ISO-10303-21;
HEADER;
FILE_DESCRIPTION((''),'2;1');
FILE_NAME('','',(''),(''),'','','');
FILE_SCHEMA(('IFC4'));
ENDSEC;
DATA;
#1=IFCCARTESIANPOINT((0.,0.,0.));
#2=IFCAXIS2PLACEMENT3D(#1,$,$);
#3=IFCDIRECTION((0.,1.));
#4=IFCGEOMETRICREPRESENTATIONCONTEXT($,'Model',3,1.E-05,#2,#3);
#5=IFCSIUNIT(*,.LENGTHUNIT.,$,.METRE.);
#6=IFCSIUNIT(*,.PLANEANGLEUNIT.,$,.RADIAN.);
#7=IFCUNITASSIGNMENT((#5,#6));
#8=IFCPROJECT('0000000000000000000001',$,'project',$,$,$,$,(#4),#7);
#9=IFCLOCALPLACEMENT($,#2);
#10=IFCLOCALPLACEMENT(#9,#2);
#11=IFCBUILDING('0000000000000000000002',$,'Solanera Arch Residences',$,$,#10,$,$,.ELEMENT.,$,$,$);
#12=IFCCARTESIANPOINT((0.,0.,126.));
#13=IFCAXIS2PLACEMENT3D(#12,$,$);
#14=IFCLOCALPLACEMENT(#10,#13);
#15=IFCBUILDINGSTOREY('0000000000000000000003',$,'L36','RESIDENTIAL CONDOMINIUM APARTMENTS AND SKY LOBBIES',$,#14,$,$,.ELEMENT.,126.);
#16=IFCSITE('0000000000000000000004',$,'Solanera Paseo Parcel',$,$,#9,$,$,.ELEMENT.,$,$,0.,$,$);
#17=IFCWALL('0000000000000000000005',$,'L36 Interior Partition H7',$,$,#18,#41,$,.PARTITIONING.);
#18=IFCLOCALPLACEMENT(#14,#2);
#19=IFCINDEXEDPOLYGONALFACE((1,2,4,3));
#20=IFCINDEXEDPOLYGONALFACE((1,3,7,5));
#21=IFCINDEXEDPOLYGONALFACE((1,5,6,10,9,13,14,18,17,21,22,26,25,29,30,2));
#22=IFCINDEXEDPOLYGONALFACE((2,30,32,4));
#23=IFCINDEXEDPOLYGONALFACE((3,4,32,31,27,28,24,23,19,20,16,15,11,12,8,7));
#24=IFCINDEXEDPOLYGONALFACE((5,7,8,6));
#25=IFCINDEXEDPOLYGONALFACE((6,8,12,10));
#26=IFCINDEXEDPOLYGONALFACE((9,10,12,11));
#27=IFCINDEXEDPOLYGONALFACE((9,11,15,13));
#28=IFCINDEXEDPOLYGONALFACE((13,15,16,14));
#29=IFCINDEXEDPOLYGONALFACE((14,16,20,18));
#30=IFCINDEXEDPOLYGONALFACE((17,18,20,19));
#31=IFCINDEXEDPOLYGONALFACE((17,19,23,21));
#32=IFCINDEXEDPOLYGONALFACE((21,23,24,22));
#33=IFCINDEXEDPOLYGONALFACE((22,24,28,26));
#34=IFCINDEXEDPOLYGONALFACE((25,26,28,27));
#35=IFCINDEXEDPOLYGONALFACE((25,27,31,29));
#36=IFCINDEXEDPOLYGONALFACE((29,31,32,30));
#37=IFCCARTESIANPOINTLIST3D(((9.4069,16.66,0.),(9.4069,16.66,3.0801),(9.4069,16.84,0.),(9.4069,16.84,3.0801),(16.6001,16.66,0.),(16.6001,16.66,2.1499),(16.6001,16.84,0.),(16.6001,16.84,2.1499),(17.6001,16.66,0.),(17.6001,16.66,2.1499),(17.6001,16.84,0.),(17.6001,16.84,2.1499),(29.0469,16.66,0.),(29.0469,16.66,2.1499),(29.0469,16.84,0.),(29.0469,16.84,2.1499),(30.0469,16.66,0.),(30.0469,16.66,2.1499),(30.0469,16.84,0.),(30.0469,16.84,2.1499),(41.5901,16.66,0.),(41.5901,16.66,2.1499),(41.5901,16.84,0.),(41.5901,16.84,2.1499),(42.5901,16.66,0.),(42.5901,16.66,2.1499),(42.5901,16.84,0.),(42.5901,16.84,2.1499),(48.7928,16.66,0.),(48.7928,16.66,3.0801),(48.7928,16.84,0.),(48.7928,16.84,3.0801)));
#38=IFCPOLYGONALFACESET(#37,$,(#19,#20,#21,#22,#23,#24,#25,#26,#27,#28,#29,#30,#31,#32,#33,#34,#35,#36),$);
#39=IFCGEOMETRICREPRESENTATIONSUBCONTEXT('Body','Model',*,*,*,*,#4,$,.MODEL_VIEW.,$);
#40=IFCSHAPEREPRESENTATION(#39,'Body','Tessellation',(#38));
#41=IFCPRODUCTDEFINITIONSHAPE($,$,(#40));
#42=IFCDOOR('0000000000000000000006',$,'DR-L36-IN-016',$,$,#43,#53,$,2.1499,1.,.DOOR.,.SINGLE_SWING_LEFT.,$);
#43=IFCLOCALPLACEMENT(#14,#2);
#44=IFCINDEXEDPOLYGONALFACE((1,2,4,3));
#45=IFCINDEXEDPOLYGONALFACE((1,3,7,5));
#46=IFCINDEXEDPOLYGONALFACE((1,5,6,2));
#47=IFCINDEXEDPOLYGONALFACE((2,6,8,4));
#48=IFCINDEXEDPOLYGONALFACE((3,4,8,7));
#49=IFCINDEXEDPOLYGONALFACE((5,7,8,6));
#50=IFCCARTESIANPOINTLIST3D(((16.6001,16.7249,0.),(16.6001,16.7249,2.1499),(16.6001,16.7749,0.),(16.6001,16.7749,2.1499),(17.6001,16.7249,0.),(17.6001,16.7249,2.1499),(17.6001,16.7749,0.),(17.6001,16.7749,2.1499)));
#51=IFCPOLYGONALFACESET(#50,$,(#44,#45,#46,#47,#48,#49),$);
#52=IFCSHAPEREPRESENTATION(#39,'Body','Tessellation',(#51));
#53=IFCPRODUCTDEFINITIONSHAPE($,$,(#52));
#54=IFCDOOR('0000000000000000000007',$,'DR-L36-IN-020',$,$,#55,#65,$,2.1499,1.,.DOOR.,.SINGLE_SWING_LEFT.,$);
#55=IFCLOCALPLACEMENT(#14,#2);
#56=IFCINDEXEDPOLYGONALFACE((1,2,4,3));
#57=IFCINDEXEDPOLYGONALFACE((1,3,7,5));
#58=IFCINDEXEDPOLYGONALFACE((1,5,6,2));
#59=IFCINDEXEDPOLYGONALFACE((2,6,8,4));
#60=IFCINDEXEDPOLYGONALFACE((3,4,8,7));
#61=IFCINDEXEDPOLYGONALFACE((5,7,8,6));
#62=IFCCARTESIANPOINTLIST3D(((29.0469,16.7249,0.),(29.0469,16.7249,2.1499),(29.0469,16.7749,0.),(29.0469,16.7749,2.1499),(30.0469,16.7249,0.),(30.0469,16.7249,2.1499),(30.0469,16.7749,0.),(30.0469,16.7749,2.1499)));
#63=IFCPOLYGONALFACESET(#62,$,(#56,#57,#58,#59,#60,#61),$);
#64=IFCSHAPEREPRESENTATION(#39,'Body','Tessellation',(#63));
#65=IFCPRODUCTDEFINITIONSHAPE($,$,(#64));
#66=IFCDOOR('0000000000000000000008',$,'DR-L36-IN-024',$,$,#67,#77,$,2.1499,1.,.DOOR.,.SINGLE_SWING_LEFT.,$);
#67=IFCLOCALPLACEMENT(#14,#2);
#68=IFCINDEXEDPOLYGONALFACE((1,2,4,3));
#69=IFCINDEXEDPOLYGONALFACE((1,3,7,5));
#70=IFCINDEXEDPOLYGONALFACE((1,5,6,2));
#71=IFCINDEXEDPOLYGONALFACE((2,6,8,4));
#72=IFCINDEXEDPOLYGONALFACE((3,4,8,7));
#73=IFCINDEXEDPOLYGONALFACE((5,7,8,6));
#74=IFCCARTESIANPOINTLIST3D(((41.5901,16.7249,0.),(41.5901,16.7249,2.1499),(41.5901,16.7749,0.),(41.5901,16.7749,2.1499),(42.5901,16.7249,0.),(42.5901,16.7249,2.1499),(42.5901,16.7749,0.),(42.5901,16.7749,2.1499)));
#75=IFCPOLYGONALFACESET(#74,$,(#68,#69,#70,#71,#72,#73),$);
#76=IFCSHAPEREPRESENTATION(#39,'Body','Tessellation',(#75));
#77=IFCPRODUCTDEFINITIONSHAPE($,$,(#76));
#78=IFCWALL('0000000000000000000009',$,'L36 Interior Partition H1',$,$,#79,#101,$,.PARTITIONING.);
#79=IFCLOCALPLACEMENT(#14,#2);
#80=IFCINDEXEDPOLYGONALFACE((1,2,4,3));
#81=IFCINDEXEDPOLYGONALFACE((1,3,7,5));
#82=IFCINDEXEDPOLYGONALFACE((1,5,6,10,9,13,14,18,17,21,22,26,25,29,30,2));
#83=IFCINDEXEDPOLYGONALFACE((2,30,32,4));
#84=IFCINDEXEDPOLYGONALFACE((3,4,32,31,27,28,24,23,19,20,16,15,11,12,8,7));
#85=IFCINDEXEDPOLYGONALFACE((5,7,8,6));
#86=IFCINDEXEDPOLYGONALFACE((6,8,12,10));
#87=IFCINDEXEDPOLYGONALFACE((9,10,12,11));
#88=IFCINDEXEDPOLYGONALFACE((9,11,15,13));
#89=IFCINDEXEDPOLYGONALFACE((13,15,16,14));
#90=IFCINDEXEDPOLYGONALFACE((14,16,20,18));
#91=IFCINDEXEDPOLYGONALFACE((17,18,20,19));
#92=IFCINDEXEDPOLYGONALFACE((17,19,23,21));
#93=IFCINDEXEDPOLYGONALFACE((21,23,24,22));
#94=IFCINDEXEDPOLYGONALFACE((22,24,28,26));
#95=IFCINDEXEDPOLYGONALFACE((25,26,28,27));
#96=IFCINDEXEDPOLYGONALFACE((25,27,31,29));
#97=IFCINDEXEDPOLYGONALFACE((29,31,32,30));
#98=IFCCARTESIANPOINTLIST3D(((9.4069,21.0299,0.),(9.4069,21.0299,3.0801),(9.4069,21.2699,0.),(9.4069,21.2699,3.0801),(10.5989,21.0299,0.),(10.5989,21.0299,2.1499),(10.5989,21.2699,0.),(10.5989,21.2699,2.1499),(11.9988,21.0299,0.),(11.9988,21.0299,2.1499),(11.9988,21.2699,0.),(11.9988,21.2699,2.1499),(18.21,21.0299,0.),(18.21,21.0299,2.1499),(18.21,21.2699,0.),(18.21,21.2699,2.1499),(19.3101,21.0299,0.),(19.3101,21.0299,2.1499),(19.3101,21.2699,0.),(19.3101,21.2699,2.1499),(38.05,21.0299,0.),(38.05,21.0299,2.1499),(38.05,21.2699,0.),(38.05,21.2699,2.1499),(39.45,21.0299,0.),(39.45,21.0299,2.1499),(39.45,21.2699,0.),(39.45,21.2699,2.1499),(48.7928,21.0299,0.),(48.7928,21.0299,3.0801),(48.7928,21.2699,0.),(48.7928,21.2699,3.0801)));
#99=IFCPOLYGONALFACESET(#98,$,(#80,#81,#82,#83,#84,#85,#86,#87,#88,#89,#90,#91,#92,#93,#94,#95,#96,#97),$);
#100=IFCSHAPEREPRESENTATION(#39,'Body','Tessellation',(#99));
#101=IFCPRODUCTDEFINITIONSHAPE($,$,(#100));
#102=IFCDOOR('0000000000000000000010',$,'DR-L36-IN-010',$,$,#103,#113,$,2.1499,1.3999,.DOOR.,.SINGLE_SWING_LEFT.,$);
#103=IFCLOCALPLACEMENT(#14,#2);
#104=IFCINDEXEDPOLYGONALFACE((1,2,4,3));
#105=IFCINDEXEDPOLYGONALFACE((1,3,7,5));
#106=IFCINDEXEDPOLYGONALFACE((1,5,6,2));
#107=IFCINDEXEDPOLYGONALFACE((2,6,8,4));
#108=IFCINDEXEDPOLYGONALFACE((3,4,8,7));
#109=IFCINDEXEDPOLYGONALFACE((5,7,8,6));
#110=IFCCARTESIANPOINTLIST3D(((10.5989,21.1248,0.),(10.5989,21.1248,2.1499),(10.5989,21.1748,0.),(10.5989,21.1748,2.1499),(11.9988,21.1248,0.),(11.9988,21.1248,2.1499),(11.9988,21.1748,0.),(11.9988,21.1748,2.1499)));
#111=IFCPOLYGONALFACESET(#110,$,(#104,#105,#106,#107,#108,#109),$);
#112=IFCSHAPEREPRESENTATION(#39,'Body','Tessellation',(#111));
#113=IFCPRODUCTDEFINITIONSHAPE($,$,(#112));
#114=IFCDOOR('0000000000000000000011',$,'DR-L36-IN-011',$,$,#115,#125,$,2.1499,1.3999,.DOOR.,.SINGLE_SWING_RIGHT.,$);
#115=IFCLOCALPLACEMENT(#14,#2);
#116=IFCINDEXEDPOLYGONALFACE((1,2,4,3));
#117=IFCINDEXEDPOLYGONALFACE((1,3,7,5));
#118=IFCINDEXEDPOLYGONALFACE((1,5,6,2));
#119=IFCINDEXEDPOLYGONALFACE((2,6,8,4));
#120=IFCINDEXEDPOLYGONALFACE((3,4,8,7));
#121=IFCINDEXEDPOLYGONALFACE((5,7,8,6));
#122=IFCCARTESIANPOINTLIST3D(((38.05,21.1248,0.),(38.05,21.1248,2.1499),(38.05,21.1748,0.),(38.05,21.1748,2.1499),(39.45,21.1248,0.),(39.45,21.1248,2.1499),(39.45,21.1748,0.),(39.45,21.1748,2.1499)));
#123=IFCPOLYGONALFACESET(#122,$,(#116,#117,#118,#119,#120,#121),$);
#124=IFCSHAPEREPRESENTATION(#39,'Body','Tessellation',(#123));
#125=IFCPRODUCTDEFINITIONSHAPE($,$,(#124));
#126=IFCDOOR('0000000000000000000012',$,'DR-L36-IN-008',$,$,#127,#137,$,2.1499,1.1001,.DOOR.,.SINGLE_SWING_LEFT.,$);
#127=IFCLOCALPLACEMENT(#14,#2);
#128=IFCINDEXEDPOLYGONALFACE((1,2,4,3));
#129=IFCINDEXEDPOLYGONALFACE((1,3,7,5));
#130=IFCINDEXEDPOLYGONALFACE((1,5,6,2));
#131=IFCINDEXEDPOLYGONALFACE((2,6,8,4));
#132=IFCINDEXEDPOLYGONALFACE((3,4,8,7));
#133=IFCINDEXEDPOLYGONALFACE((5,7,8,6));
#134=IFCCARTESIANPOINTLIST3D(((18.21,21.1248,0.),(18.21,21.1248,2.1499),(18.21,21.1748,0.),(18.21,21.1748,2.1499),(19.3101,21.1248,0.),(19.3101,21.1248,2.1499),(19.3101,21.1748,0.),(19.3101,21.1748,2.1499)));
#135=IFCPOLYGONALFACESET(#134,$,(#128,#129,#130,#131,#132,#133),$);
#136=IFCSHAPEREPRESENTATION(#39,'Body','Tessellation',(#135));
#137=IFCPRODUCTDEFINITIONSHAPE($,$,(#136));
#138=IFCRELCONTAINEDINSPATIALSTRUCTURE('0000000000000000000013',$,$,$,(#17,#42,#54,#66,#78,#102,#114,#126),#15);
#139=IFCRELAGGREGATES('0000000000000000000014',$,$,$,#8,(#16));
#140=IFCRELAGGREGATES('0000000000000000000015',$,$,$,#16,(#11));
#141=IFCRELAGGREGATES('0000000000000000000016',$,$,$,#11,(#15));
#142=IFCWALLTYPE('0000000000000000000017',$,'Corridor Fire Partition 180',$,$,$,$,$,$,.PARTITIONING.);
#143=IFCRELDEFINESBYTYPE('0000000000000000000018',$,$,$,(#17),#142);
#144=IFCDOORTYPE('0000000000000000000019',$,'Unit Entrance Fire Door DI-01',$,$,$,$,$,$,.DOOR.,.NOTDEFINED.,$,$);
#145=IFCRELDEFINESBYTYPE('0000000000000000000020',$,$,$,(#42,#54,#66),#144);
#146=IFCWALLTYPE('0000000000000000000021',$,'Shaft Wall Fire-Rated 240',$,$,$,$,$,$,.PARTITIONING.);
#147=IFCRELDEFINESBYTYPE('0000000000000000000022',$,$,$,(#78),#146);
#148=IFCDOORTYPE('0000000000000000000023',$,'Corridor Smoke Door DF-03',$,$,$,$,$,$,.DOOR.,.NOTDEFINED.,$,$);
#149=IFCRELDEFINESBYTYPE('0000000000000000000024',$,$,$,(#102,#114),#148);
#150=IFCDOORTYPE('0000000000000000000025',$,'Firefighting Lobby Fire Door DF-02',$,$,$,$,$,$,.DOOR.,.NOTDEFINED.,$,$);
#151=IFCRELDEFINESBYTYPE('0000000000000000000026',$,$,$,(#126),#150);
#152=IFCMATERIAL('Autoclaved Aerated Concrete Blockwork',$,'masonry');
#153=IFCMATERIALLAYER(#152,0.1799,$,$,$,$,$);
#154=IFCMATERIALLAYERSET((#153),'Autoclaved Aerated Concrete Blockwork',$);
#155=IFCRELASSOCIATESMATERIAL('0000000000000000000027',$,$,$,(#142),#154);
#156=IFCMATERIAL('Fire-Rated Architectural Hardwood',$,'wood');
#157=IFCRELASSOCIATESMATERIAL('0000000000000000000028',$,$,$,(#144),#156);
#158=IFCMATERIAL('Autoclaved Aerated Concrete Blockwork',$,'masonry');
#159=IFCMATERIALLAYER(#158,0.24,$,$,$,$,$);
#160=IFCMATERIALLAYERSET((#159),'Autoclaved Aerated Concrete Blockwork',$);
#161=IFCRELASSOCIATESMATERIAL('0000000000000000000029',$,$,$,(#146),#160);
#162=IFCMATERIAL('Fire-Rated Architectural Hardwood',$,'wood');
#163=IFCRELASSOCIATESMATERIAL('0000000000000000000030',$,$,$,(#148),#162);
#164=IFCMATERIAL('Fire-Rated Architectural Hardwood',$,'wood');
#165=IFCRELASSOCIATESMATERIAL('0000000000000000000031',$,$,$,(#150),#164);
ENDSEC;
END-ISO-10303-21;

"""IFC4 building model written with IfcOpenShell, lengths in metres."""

from ifc_helpers import new_model, si_unit, direction, frame, frame_2d, origin, place, context, subcontext, project, spatial, rectangle, extrude, material, layer, layer_set, type_object, element, fill, save


model = new_model("IFC4")

# Units and contexts
model_context = context("Model", 3, precision=1e-05, world=origin(), true_north=direction((0.0, 1.0)))
body_context = subcontext(model_context, "Body", "Model", "MODEL_VIEW")
ifc_project = project(units=[si_unit("LENGTHUNIT", "METRE"), si_unit("PLANEANGLEUNIT", "RADIAN")], contexts=[model_context])

# Site, building, storey
site_placement = place(None, origin())
site = spatial("IfcSite", under=ifc_project, at=site_placement, Name="Solanera Paseo Parcel", CompositionType="ELEMENT", RefElevation=0.0)
building_placement = place(site_placement, origin())
building = spatial("IfcBuilding", under=site, at=building_placement, Name="Solanera Arch Residences", CompositionType="ELEMENT")
storey_placement = place(building_placement, frame((0.0, 0.0, 126.0)))
storey = spatial("IfcBuildingStorey", under=building, at=storey_placement, Name="L36", Description="RESIDENTIAL CONDOMINIUM APARTMENTS AND SKY LOBBIES", CompositionType="ELEMENT", Elevation=126.0)

# Walls, openings, doors
ifc_material_1 = material(Name="Autoclaved Aerated Concrete Blockwork", Category="masonry")
ifc_layer_1 = layer(ifc_material_1, 0.1799)
ifc_layer_set_1 = layer_set([ifc_layer_1], Name="Autoclaved Aerated Concrete Blockwork")
wall_type_1 = type_object("IfcWallType", Name="Corridor Fire Partition 180", PredefinedType="PARTITIONING", material=ifc_layer_set_1)
wall_1_placement = place(storey_placement, frame((9.407, 16.75, 0.0), z_axis=(0.0, 0.0, 1.0), x_axis=(1.0, 0.0, 0.0)))
wall_1 = element("IfcWall", 1, at=wall_1_placement, inside=storey, type_object=wall_type_1, Name="L36 Interior Partition H7", PredefinedType="PARTITIONING", context=body_context, shape_type="SweptSolid", body=[
    extrude(rectangle(XDim=39.386, YDim=0.1799, at=frame_2d((19.6929, 0.0))), origin(), (0.0, 0.0, 1.0), 3.0801),
])
opening_1_placement = place(wall_1_placement, frame((7.1931, 0.0, 0.0)))
opening_1 = element("IfcOpeningElement", 2, at=opening_1_placement, cuts=wall_1, PredefinedType="OPENING", context=body_context, shape_type="SweptSolid", body=[
    extrude(rectangle(XDim=1.0, YDim=2.1499, at=frame_2d((0.5, 1.075))), frame((0.0, 0.1001, 0.0), z_axis=(0.0, -1.0, 0.0), x_axis=(1.0, 0.0, 0.0)), (0.0, 0.0, 1.0), 0.1999),
])
opening_2_placement = place(wall_1_placement, frame((19.6399, 0.0, 0.0)))
opening_2 = element("IfcOpeningElement", 3, at=opening_2_placement, cuts=wall_1, PredefinedType="OPENING", context=body_context, shape_type="SweptSolid", body=[
    extrude(rectangle(XDim=1.0, YDim=2.1499, at=frame_2d((0.5, 1.075))), frame((0.0, 0.1001, 0.0), z_axis=(0.0, -1.0, 0.0), x_axis=(1.0, 0.0, 0.0)), (0.0, 0.0, 1.0), 0.1999),
])
opening_3_placement = place(wall_1_placement, frame((32.1831, 0.0, 0.0)))
opening_3 = element("IfcOpeningElement", 4, at=opening_3_placement, cuts=wall_1, PredefinedType="OPENING", context=body_context, shape_type="SweptSolid", body=[
    extrude(rectangle(XDim=1.0, YDim=2.1499, at=frame_2d((0.5, 1.075))), frame((0.0, 0.1001, 0.0), z_axis=(0.0, -1.0, 0.0), x_axis=(1.0, 0.0, 0.0)), (0.0, 0.0, 1.0), 0.1999),
])
ifc_material_2 = material(Name="Fire-Rated Architectural Hardwood", Category="wood")
door_type_1 = type_object("IfcDoorType", Name="Unit Entrance Fire Door DI-01", OperationType="NOTDEFINED", PredefinedType="DOOR", material=ifc_material_2)
door_1_placement = place(opening_1_placement, origin())
door_1 = element("IfcDoor", 5, at=door_1_placement, inside=storey, type_object=door_type_1, Name="DR-L36-IN-016", OperationType="SINGLE_SWING_LEFT", OverallHeight=2.1499, OverallWidth=1.0, PredefinedType="DOOR", context=body_context, shape_type="SweptSolid", body=[
    extrude(rectangle(XDim=1.0, YDim=2.1499, at=frame_2d((0.5, 1.075))), frame((0.0, 0.0249, 0.0), z_axis=(0.0, -1.0, 0.0), x_axis=(1.0, 0.0, 0.0)), (0.0, 0.0, 1.0), 0.05),
])
fill(opening_1, door_1)
door_2_placement = place(opening_2_placement, origin())
door_2 = element("IfcDoor", 6, at=door_2_placement, inside=storey, type_object=door_type_1, Name="DR-L36-IN-020", OperationType="SINGLE_SWING_LEFT", OverallHeight=2.1499, OverallWidth=1.0, PredefinedType="DOOR", context=body_context, shape_type="SweptSolid", body=[
    extrude(rectangle(XDim=1.0, YDim=2.1499, at=frame_2d((0.5, 1.075))), frame((0.0, 0.0249, 0.0), z_axis=(0.0, -1.0, 0.0), x_axis=(1.0, 0.0, 0.0)), (0.0, 0.0, 1.0), 0.05),
])
fill(opening_2, door_2)
door_3_placement = place(opening_3_placement, origin())
door_3 = element("IfcDoor", 7, at=door_3_placement, inside=storey, type_object=door_type_1, Name="DR-L36-IN-024", OperationType="SINGLE_SWING_LEFT", OverallHeight=2.1499, OverallWidth=1.0, PredefinedType="DOOR", context=body_context, shape_type="SweptSolid", body=[
    extrude(rectangle(XDim=1.0, YDim=2.1499, at=frame_2d((0.5, 1.075))), frame((0.0, 0.0249, 0.0), z_axis=(0.0, -1.0, 0.0), x_axis=(1.0, 0.0, 0.0)), (0.0, 0.0, 1.0), 0.05),
])
fill(opening_3, door_3)
ifc_material_3 = material(Name="Autoclaved Aerated Concrete Blockwork", Category="masonry")
ifc_layer_2 = layer(ifc_material_3, 0.24)
ifc_layer_set_2 = layer_set([ifc_layer_2], Name="Autoclaved Aerated Concrete Blockwork")
wall_type_2 = type_object("IfcWallType", Name="Shaft Wall Fire-Rated 240", PredefinedType="PARTITIONING", material=ifc_layer_set_2)
wall_2_placement = place(storey_placement, frame((9.407, 21.1499, 0.0), z_axis=(0.0, 0.0, 1.0), x_axis=(1.0, 0.0, 0.0)))
wall_2 = element("IfcWall", 8, at=wall_2_placement, inside=storey, type_object=wall_type_2, Name="L36 Interior Partition H1", PredefinedType="PARTITIONING", context=body_context, shape_type="SweptSolid", body=[
    extrude(rectangle(XDim=39.386, YDim=0.24, at=frame_2d((19.6929, 0.0))), origin(), (0.0, 0.0, 1.0), 3.0801),
])
opening_4_placement = place(wall_2_placement, frame((8.803, 0.0, 0.0)))
opening_4 = element("IfcOpeningElement", 9, at=opening_4_placement, cuts=wall_2, PredefinedType="OPENING", context=body_context, shape_type="SweptSolid", body=[
    extrude(rectangle(XDim=1.1001, YDim=2.1499, at=frame_2d((0.55, 1.075))), frame((0.0, 0.1299, 0.0), z_axis=(0.0, -1.0, 0.0), x_axis=(1.0, 0.0, 0.0)), (0.0, 0.0, 1.0), 0.26),
])
opening_5_placement = place(wall_2_placement, frame((1.1919, 0.0, 0.0)))
opening_5 = element("IfcOpeningElement", 10, at=opening_5_placement, cuts=wall_2, PredefinedType="OPENING", context=body_context, shape_type="SweptSolid", body=[
    extrude(rectangle(XDim=1.3999, YDim=2.1499, at=frame_2d((0.7, 1.075))), frame((0.0, 0.1299, 0.0), z_axis=(0.0, -1.0, 0.0), x_axis=(1.0, 0.0, 0.0)), (0.0, 0.0, 1.0), 0.26),
])
opening_6_placement = place(wall_2_placement, frame((28.6431, 0.0, 0.0)))
opening_6 = element("IfcOpeningElement", 11, at=opening_6_placement, cuts=wall_2, PredefinedType="OPENING", context=body_context, shape_type="SweptSolid", body=[
    extrude(rectangle(XDim=1.3999, YDim=2.1499, at=frame_2d((0.7, 1.075))), frame((0.0, 0.1299, 0.0), z_axis=(0.0, -1.0, 0.0), x_axis=(1.0, 0.0, 0.0)), (0.0, 0.0, 1.0), 0.26),
])
ifc_material_4 = material(Name="Fire-Rated Architectural Hardwood", Category="wood")
door_type_2 = type_object("IfcDoorType", Name="Corridor Smoke Door DF-03", OperationType="NOTDEFINED", PredefinedType="DOOR", material=ifc_material_4)
door_4_placement = place(opening_5_placement, origin())
door_4 = element("IfcDoor", 12, at=door_4_placement, inside=storey, type_object=door_type_2, Name="DR-L36-IN-010", OperationType="SINGLE_SWING_LEFT", OverallHeight=2.1499, OverallWidth=1.3999, PredefinedType="DOOR", context=body_context, shape_type="SweptSolid", body=[
    extrude(rectangle(XDim=1.3999, YDim=2.1499, at=frame_2d((0.7, 1.075))), frame((0.0, 0.0249, 0.0), z_axis=(0.0, -1.0, 0.0), x_axis=(1.0, 0.0, 0.0)), (0.0, 0.0, 1.0), 0.05),
])
fill(opening_5, door_4)
door_5_placement = place(opening_6_placement, origin())
door_5 = element("IfcDoor", 13, at=door_5_placement, inside=storey, type_object=door_type_2, Name="DR-L36-IN-011", OperationType="SINGLE_SWING_RIGHT", OverallHeight=2.1499, OverallWidth=1.3999, PredefinedType="DOOR", context=body_context, shape_type="SweptSolid", body=[
    extrude(rectangle(XDim=1.3999, YDim=2.1499, at=frame_2d((0.7, 1.075))), frame((0.0, 0.0249, 0.0), z_axis=(0.0, -1.0, 0.0), x_axis=(1.0, 0.0, 0.0)), (0.0, 0.0, 1.0), 0.05),
])
fill(opening_6, door_5)
ifc_material_5 = material(Name="Fire-Rated Architectural Hardwood", Category="wood")
door_type_3 = type_object("IfcDoorType", Name="Firefighting Lobby Fire Door DF-02", OperationType="NOTDEFINED", PredefinedType="DOOR", material=ifc_material_5)
door_6_placement = place(opening_4_placement, origin())
door_6 = element("IfcDoor", 14, at=door_6_placement, inside=storey, type_object=door_type_3, Name="DR-L36-IN-008", OperationType="SINGLE_SWING_LEFT", OverallHeight=2.1499, OverallWidth=1.1001, PredefinedType="DOOR", context=body_context, shape_type="SweptSolid", body=[
    extrude(rectangle(XDim=1.1001, YDim=2.1499, at=frame_2d((0.55, 1.075))), frame((0.0, 0.0249, 0.0), z_axis=(0.0, -1.0, 0.0), x_axis=(1.0, 0.0, 0.0)), (0.0, 0.0, 1.0), 0.05),
])
fill(opening_4, door_6)

save(model, "model.ifc")
